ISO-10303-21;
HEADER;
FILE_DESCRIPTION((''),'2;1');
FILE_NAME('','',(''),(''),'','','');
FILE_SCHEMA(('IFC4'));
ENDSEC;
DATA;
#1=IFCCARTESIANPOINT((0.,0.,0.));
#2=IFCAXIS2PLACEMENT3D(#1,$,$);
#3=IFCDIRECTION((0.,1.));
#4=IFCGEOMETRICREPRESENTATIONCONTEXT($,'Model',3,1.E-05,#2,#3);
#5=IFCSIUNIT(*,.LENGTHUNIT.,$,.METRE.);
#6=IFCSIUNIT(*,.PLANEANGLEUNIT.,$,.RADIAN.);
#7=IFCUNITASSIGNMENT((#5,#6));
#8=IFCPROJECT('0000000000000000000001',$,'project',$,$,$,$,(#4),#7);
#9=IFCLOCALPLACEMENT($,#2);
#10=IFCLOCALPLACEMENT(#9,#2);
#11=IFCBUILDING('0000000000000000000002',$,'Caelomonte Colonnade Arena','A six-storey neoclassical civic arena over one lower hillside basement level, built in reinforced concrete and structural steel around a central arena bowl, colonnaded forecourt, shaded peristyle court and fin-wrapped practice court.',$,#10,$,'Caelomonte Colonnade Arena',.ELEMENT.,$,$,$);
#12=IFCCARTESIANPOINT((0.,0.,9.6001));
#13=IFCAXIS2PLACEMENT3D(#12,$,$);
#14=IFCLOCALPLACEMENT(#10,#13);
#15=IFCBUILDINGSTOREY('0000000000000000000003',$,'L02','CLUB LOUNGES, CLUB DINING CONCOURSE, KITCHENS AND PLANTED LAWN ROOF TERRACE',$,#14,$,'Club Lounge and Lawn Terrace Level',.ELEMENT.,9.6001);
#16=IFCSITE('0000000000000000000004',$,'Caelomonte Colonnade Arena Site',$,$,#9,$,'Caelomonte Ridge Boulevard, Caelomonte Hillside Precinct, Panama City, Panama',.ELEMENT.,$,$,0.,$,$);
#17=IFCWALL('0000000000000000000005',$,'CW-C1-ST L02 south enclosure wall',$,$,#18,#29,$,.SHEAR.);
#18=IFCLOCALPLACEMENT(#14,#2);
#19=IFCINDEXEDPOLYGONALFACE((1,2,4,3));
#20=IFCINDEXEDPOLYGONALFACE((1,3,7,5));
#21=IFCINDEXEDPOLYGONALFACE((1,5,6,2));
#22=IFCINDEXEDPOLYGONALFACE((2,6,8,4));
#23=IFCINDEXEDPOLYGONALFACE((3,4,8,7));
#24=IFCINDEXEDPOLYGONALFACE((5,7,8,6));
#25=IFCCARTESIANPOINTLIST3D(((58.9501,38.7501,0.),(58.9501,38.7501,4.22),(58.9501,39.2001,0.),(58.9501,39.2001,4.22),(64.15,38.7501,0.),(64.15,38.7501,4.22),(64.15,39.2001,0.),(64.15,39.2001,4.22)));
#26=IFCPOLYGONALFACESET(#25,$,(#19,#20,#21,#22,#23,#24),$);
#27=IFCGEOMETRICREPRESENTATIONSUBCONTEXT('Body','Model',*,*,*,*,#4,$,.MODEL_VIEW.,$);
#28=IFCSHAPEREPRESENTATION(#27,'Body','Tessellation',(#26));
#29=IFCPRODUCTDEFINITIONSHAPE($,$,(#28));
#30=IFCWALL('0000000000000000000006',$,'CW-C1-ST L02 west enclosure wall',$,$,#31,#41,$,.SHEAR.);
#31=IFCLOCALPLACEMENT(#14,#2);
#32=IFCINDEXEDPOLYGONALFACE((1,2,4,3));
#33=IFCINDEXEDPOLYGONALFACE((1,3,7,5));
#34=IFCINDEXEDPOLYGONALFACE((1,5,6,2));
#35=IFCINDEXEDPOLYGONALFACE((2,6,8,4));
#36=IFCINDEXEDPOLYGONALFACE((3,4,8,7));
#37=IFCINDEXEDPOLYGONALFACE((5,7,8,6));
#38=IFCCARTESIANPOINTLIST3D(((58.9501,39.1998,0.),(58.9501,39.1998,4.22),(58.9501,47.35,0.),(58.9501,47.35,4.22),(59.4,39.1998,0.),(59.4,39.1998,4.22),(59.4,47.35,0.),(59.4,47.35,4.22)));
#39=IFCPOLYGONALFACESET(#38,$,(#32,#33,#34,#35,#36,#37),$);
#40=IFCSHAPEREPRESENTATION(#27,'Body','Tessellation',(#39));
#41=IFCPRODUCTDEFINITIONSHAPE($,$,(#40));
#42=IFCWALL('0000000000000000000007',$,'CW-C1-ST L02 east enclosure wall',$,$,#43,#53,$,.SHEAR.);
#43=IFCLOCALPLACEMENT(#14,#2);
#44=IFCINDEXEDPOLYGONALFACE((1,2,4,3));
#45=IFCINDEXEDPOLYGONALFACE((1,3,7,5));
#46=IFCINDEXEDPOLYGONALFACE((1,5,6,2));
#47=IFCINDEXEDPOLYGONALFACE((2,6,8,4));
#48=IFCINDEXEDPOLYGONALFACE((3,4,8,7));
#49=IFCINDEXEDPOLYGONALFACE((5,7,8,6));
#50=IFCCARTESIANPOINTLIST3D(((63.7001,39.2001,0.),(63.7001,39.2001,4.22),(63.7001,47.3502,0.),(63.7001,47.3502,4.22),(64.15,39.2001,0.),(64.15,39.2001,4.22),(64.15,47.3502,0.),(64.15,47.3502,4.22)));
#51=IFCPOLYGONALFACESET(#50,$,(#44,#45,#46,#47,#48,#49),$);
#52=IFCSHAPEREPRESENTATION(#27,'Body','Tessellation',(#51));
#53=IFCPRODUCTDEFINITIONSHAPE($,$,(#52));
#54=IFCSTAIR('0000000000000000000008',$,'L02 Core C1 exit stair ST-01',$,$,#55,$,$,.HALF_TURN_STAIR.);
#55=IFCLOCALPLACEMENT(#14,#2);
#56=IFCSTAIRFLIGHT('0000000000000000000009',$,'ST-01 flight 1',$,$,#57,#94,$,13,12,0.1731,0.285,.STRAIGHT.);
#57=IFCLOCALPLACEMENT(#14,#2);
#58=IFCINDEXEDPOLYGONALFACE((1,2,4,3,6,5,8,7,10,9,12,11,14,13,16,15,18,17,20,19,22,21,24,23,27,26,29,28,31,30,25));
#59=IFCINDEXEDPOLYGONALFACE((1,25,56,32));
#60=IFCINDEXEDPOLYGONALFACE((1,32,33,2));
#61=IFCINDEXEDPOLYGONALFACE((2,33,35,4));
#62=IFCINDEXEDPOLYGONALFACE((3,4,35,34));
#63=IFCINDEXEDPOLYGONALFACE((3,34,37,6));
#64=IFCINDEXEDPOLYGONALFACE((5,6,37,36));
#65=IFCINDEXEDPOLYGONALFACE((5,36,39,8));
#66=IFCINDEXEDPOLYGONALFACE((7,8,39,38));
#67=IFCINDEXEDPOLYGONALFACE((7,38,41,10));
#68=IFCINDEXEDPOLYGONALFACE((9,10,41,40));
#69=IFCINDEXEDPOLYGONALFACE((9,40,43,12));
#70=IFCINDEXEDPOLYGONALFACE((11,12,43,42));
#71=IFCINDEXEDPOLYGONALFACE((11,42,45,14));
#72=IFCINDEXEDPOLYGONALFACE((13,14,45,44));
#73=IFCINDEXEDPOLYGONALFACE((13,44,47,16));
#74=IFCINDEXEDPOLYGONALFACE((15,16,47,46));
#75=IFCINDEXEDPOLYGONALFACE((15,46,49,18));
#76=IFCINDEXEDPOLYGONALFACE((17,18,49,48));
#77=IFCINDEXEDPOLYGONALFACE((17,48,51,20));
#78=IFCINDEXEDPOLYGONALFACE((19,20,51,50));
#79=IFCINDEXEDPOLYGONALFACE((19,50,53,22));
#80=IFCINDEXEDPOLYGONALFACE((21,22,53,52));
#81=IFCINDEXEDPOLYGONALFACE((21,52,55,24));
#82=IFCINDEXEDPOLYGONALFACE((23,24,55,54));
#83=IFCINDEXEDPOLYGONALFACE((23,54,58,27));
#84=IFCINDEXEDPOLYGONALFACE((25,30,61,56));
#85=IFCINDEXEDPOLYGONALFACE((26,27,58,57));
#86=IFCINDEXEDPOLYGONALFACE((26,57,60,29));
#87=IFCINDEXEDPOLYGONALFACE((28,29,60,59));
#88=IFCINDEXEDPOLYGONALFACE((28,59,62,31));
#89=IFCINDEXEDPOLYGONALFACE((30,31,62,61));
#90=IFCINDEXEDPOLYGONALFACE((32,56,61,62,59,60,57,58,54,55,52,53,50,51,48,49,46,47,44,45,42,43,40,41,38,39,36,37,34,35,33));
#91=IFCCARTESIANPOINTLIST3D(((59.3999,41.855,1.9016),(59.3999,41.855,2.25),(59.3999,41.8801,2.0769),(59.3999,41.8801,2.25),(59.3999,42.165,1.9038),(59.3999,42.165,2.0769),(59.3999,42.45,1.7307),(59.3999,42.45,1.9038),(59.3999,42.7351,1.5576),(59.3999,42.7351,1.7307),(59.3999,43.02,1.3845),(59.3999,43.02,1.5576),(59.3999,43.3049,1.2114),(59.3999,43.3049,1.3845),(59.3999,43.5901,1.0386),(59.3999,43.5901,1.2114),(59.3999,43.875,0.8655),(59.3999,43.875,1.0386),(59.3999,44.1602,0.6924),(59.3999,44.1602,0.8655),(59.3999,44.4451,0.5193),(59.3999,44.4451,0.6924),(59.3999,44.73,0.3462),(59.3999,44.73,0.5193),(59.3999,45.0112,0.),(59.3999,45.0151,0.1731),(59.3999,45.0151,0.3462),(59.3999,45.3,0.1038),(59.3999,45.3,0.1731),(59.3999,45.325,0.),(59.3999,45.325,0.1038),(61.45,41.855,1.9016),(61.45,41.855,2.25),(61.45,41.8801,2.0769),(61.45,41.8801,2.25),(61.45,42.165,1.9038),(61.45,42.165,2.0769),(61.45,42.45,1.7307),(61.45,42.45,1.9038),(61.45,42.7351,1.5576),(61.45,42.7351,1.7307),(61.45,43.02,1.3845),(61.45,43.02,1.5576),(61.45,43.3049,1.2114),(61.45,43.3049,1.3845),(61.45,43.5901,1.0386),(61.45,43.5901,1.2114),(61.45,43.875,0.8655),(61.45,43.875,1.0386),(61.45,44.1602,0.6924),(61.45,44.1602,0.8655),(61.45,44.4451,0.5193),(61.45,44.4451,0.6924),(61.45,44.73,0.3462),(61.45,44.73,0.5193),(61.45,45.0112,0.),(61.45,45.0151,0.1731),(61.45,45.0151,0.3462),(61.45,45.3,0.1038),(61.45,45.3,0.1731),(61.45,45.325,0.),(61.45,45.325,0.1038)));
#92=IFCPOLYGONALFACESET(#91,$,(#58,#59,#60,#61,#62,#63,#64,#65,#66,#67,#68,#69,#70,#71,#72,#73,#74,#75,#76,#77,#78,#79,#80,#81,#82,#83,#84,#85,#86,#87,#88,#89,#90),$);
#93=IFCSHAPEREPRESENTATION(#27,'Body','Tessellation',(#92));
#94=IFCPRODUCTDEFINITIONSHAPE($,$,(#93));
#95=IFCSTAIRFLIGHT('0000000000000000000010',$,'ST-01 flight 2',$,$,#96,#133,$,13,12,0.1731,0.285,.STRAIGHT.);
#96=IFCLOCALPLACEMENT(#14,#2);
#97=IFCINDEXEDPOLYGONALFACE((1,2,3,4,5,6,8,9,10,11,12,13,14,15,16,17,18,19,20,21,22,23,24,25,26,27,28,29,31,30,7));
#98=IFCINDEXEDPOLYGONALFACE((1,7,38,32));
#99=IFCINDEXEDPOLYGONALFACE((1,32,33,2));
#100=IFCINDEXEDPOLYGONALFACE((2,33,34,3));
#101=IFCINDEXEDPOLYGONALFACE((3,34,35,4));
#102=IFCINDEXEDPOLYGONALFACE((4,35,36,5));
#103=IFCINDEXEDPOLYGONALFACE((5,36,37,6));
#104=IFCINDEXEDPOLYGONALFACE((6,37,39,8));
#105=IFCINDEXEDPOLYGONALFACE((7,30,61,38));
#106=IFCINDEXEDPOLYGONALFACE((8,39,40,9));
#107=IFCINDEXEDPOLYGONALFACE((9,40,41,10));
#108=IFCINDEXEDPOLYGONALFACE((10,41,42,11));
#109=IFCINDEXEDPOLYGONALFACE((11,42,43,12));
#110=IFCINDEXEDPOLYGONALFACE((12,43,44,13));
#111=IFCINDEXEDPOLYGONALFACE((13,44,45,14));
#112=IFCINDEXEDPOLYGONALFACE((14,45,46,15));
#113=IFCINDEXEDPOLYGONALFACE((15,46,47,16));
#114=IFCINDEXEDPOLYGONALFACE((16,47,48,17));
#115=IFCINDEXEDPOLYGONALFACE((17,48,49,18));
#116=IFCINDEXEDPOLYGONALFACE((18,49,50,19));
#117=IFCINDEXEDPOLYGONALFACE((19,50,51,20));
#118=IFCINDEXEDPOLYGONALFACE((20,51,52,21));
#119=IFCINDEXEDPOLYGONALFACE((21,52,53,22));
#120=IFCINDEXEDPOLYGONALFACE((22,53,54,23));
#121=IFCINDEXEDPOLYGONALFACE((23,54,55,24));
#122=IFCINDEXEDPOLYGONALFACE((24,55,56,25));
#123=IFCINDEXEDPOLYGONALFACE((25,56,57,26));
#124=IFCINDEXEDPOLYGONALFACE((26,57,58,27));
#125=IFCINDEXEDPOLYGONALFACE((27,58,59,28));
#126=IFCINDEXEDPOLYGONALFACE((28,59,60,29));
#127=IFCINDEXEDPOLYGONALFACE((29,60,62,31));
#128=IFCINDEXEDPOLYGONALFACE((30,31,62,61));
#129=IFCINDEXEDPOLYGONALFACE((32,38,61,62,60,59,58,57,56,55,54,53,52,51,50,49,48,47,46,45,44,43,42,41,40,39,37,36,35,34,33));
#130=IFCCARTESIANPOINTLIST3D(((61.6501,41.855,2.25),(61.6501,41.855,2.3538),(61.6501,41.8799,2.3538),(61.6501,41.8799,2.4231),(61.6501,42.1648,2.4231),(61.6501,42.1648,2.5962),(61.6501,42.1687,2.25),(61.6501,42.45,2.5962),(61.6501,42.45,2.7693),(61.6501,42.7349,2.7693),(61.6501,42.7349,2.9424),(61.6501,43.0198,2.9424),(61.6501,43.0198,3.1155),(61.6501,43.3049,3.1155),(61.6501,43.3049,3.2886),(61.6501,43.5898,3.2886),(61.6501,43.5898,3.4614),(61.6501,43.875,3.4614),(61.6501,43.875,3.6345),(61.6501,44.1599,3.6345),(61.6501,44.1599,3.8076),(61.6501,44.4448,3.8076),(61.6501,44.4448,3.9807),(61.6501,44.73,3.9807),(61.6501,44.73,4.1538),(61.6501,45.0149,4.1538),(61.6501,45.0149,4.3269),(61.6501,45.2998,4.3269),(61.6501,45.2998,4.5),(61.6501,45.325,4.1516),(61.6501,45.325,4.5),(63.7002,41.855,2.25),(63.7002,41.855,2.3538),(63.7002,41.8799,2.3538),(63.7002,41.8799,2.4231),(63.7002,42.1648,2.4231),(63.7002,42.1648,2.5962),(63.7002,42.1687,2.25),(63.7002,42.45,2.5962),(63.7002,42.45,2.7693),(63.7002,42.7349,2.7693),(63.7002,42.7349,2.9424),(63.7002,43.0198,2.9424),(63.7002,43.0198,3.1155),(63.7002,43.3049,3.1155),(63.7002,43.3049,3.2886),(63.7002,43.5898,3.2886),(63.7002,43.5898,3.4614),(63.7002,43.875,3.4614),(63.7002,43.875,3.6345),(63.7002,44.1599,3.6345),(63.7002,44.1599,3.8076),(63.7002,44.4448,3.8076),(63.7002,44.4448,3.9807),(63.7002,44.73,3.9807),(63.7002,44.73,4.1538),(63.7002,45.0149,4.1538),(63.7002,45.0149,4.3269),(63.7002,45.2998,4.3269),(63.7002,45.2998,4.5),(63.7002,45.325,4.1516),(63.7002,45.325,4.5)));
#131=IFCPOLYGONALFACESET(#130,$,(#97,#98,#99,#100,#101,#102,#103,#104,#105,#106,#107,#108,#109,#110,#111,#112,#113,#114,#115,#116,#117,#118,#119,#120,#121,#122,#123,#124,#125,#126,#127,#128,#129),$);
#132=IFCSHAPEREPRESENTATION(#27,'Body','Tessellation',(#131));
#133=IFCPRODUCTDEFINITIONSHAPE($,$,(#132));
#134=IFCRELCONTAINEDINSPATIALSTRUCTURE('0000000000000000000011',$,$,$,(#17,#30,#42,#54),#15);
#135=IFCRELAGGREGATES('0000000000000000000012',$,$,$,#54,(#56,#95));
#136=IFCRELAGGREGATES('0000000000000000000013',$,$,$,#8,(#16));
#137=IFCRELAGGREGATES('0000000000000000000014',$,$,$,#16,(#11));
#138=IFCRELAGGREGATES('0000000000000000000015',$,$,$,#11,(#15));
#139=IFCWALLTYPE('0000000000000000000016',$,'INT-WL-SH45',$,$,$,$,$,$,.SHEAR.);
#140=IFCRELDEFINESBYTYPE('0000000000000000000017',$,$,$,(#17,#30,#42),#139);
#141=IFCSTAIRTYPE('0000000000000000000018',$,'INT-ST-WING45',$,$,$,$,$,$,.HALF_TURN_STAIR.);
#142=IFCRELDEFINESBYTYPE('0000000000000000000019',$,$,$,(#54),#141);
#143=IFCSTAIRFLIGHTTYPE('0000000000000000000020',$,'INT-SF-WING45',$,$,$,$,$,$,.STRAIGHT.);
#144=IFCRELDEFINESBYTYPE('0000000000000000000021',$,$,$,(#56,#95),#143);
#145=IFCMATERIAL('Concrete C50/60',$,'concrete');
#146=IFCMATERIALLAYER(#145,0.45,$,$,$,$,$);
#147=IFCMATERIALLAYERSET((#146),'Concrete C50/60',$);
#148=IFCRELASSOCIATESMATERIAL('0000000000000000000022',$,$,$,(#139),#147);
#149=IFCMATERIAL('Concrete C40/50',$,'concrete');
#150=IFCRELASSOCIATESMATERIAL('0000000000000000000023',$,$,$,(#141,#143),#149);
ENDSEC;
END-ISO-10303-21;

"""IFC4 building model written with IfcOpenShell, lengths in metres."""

from ifc_helpers import new_model, si_unit, direction, frame, frame_2d, origin, place, context, subcontext, project, spatial, polyline, rectangle, outline, extrude, material, layer, layer_set, type_object, element, aggregate, save


model = new_model("IFC4")

# Units and contexts
model_context = context("Model", 3, precision=1e-05, world=origin(), true_north=direction((0.0, 1.0)))
body_context = subcontext(model_context, "Body", "Model", "MODEL_VIEW")
ifc_project = project(units=[si_unit("LENGTHUNIT", "METRE"), si_unit("PLANEANGLEUNIT", "RADIAN")], contexts=[model_context])

# Site, building, storey
site_placement = place(None, origin())
site = spatial("IfcSite", under=ifc_project, at=site_placement, Name="Caelomonte Colonnade Arena Site", LongName="Caelomonte Ridge Boulevard, Caelomonte Hillside Precinct, Panama City, Panama", CompositionType="ELEMENT", RefElevation=0.0)
building_placement = place(site_placement, origin())
building = spatial("IfcBuilding", under=site, at=building_placement, Name="Caelomonte Colonnade Arena", Description="A six-storey neoclassical civic arena over one lower hillside basement level, built in reinforced concrete and structural steel around a central arena bowl, colonnaded forecourt, shaded peristyle court and fin-wrapped practice court.", LongName="Caelomonte Colonnade Arena", CompositionType="ELEMENT")
storey_placement = place(building_placement, frame((0.0, 0.0, 9.6001)))
storey = spatial("IfcBuildingStorey", under=building, at=storey_placement, Name="L02", Description="CLUB LOUNGES, CLUB DINING CONCOURSE, KITCHENS AND PLANTED LAWN ROOF TERRACE", LongName="Club Lounge and Lawn Terrace Level", CompositionType="ELEMENT", Elevation=9.6001)

# Shared definitions
ifc_material_1 = material(Name="Concrete C50/60", Category="concrete")

# Shared definitions
ifc_material_2 = material(Name="Concrete C40/50", Category="concrete")

# Walls
ifc_layer_1 = layer(ifc_material_1, 0.45)
ifc_layer_set_1 = layer_set([ifc_layer_1], Name="Concrete C50/60")
wall_type = type_object("IfcWallType", Name="INT-WL-SH45", PredefinedType="SHEAR", material=ifc_layer_set_1)
wall_placement = place(storey_placement, frame((58.95, 38.9751, 0.0), z_axis=(0.0, 0.0, 1.0), x_axis=(1.0, 0.0, 0.0)))
element("IfcWall", 1, at=wall_placement, inside=storey, type_object=wall_type, Name="CW-C1-ST L02 south enclosure wall", PredefinedType="SHEAR", context=body_context, shape_type="SweptSolid", body=[
    extrude(rectangle(XDim=5.2, YDim=0.45, at=frame_2d((2.6001, 0.0))), origin(), (0.0, 0.0, 1.0), 4.22),
])
for number, where, z_axis, x_axis, name in (
    (2, (59.175, 47.3501, 0.0), (0.0, 0.0, 1.0), (0.0, -1.0, 0.0), "CW-C1-ST L02 west enclosure wall"),
    (3, (63.925, 39.2, 0.0), (0.0, 0.0, 1.0), (0.0, 1.0, 0.0), "CW-C1-ST L02 east enclosure wall"),
):
    element("IfcWall", number, at=place(storey_placement, frame(where, z_axis=z_axis, x_axis=x_axis)), inside=storey, type_object=wall_type, Name=name, PredefinedType="SHEAR", context=body_context, shape_type="SweptSolid", body=[
        extrude(rectangle(XDim=8.1501, YDim=0.45, at=frame_2d((4.0752, 0.0))), origin(), (0.0, 0.0, 1.0), 4.22),
    ])

# Stair, stair flights
stair_type = type_object("IfcStairType", Name="INT-ST-WING45", PredefinedType="HALF_TURN_STAIR", material=ifc_material_2)
stair_placement = place(storey_placement, origin())
stair = element("IfcStair", 4, at=stair_placement, inside=storey, type_object=stair_type, Name="L02 Core C1 exit stair ST-01", PredefinedType="HALF_TURN_STAIR")
stair_flight_type = type_object("IfcStairFlightType", Name="INT-SF-WING45", PredefinedType="STRAIGHT", material=ifc_material_2)
stair_flight_1_placement = place(storey_placement, frame((60.425, 45.3, 0.0), z_axis=(0.0, 0.0, 1.0), x_axis=(0.0, -1.0, 0.0)))
stair_flight_1 = element("IfcStairFlight", 5, at=stair_flight_1_placement, type_object=stair_flight_type, Name="ST-01 flight 1", NumberOfRisers=13, NumberOfTreads=12, PredefinedType="STRAIGHT", RiserHeight=0.1731, TreadLength=0.285, context=body_context, shape_type="SweptSolid", body=[
    extrude(outline(polyline([(-0.0249, 0.0), (-0.0249, 0.1038), (0.0, 0.1038), (0.0, 0.1731), (0.2849, 0.1731), (0.2849, 0.3462), (0.5701, 0.3462), (0.5701, 0.5193), (0.855, 0.5193), (0.855, 0.6924), (1.1399, 0.6924), (1.1399, 0.8655), (1.425, 0.8655), (1.425, 1.0386), (1.71, 1.0386), (1.71, 1.2114), (1.9951, 1.2114), (1.9951, 1.3845), (2.28, 1.3845), (2.28, 1.5576), (2.5649, 1.5576), (2.5649, 1.7307), (2.8501, 1.7307), (2.8501, 1.9038), (3.135, 1.9038), (3.135, 2.0769), (3.4199, 2.0769), (3.4199, 2.25), (3.4451, 2.25), (3.4451, 1.9016), (0.2888, 0.0), (-0.0249, 0.0)])), frame((0.0, 1.0249, 0.0), z_axis=(0.0, -1.0, 0.0), x_axis=(1.0, 0.0, 0.0)), (0.0, 0.0, 1.0), 2.05),
])
stair_flight_2_placement = place(storey_placement, frame((62.675, 41.8799, 2.25), z_axis=(0.0, 0.0, 1.0), x_axis=(0.0, 1.0, 0.0)))
stair_flight_2 = element("IfcStairFlight", 6, at=stair_flight_2_placement, type_object=stair_flight_type, Name="ST-01 flight 2", NumberOfRisers=13, NumberOfTreads=12, PredefinedType="STRAIGHT", RiserHeight=0.1731, TreadLength=0.285, context=body_context, shape_type="SweptSolid", body=[
    extrude(outline(polyline([(-0.0249, 0.0), (-0.0249, 0.1038), (0.0, 0.1038), (0.0, 0.1731), (0.2849, 0.1731), (0.2849, 0.3462), (0.5701, 0.3462), (0.5701, 0.5193), (0.855, 0.5193), (0.855, 0.6924), (1.1399, 0.6924), (1.1399, 0.8655), (1.425, 0.8655), (1.425, 1.0386), (1.71, 1.0386), (1.71, 1.2114), (1.9951, 1.2114), (1.9951, 1.3845), (2.28, 1.3845), (2.28, 1.5576), (2.5649, 1.5576), (2.5649, 1.7307), (2.8501, 1.7307), (2.8501, 1.9038), (3.135, 1.9038), (3.135, 2.0769), (3.4199, 2.0769), (3.4199, 2.25), (3.4451, 2.25), (3.4451, 1.9016), (0.2888, 0.0), (-0.0249, 0.0)])), frame((0.0, 1.0249, 0.0), z_axis=(0.0, -1.0, 0.0), x_axis=(1.0, 0.0, 0.0)), (0.0, 0.0, 1.0), 2.05),
])
aggregate(stair, [stair_flight_1, stair_flight_2])

save(model, "model.ifc")
